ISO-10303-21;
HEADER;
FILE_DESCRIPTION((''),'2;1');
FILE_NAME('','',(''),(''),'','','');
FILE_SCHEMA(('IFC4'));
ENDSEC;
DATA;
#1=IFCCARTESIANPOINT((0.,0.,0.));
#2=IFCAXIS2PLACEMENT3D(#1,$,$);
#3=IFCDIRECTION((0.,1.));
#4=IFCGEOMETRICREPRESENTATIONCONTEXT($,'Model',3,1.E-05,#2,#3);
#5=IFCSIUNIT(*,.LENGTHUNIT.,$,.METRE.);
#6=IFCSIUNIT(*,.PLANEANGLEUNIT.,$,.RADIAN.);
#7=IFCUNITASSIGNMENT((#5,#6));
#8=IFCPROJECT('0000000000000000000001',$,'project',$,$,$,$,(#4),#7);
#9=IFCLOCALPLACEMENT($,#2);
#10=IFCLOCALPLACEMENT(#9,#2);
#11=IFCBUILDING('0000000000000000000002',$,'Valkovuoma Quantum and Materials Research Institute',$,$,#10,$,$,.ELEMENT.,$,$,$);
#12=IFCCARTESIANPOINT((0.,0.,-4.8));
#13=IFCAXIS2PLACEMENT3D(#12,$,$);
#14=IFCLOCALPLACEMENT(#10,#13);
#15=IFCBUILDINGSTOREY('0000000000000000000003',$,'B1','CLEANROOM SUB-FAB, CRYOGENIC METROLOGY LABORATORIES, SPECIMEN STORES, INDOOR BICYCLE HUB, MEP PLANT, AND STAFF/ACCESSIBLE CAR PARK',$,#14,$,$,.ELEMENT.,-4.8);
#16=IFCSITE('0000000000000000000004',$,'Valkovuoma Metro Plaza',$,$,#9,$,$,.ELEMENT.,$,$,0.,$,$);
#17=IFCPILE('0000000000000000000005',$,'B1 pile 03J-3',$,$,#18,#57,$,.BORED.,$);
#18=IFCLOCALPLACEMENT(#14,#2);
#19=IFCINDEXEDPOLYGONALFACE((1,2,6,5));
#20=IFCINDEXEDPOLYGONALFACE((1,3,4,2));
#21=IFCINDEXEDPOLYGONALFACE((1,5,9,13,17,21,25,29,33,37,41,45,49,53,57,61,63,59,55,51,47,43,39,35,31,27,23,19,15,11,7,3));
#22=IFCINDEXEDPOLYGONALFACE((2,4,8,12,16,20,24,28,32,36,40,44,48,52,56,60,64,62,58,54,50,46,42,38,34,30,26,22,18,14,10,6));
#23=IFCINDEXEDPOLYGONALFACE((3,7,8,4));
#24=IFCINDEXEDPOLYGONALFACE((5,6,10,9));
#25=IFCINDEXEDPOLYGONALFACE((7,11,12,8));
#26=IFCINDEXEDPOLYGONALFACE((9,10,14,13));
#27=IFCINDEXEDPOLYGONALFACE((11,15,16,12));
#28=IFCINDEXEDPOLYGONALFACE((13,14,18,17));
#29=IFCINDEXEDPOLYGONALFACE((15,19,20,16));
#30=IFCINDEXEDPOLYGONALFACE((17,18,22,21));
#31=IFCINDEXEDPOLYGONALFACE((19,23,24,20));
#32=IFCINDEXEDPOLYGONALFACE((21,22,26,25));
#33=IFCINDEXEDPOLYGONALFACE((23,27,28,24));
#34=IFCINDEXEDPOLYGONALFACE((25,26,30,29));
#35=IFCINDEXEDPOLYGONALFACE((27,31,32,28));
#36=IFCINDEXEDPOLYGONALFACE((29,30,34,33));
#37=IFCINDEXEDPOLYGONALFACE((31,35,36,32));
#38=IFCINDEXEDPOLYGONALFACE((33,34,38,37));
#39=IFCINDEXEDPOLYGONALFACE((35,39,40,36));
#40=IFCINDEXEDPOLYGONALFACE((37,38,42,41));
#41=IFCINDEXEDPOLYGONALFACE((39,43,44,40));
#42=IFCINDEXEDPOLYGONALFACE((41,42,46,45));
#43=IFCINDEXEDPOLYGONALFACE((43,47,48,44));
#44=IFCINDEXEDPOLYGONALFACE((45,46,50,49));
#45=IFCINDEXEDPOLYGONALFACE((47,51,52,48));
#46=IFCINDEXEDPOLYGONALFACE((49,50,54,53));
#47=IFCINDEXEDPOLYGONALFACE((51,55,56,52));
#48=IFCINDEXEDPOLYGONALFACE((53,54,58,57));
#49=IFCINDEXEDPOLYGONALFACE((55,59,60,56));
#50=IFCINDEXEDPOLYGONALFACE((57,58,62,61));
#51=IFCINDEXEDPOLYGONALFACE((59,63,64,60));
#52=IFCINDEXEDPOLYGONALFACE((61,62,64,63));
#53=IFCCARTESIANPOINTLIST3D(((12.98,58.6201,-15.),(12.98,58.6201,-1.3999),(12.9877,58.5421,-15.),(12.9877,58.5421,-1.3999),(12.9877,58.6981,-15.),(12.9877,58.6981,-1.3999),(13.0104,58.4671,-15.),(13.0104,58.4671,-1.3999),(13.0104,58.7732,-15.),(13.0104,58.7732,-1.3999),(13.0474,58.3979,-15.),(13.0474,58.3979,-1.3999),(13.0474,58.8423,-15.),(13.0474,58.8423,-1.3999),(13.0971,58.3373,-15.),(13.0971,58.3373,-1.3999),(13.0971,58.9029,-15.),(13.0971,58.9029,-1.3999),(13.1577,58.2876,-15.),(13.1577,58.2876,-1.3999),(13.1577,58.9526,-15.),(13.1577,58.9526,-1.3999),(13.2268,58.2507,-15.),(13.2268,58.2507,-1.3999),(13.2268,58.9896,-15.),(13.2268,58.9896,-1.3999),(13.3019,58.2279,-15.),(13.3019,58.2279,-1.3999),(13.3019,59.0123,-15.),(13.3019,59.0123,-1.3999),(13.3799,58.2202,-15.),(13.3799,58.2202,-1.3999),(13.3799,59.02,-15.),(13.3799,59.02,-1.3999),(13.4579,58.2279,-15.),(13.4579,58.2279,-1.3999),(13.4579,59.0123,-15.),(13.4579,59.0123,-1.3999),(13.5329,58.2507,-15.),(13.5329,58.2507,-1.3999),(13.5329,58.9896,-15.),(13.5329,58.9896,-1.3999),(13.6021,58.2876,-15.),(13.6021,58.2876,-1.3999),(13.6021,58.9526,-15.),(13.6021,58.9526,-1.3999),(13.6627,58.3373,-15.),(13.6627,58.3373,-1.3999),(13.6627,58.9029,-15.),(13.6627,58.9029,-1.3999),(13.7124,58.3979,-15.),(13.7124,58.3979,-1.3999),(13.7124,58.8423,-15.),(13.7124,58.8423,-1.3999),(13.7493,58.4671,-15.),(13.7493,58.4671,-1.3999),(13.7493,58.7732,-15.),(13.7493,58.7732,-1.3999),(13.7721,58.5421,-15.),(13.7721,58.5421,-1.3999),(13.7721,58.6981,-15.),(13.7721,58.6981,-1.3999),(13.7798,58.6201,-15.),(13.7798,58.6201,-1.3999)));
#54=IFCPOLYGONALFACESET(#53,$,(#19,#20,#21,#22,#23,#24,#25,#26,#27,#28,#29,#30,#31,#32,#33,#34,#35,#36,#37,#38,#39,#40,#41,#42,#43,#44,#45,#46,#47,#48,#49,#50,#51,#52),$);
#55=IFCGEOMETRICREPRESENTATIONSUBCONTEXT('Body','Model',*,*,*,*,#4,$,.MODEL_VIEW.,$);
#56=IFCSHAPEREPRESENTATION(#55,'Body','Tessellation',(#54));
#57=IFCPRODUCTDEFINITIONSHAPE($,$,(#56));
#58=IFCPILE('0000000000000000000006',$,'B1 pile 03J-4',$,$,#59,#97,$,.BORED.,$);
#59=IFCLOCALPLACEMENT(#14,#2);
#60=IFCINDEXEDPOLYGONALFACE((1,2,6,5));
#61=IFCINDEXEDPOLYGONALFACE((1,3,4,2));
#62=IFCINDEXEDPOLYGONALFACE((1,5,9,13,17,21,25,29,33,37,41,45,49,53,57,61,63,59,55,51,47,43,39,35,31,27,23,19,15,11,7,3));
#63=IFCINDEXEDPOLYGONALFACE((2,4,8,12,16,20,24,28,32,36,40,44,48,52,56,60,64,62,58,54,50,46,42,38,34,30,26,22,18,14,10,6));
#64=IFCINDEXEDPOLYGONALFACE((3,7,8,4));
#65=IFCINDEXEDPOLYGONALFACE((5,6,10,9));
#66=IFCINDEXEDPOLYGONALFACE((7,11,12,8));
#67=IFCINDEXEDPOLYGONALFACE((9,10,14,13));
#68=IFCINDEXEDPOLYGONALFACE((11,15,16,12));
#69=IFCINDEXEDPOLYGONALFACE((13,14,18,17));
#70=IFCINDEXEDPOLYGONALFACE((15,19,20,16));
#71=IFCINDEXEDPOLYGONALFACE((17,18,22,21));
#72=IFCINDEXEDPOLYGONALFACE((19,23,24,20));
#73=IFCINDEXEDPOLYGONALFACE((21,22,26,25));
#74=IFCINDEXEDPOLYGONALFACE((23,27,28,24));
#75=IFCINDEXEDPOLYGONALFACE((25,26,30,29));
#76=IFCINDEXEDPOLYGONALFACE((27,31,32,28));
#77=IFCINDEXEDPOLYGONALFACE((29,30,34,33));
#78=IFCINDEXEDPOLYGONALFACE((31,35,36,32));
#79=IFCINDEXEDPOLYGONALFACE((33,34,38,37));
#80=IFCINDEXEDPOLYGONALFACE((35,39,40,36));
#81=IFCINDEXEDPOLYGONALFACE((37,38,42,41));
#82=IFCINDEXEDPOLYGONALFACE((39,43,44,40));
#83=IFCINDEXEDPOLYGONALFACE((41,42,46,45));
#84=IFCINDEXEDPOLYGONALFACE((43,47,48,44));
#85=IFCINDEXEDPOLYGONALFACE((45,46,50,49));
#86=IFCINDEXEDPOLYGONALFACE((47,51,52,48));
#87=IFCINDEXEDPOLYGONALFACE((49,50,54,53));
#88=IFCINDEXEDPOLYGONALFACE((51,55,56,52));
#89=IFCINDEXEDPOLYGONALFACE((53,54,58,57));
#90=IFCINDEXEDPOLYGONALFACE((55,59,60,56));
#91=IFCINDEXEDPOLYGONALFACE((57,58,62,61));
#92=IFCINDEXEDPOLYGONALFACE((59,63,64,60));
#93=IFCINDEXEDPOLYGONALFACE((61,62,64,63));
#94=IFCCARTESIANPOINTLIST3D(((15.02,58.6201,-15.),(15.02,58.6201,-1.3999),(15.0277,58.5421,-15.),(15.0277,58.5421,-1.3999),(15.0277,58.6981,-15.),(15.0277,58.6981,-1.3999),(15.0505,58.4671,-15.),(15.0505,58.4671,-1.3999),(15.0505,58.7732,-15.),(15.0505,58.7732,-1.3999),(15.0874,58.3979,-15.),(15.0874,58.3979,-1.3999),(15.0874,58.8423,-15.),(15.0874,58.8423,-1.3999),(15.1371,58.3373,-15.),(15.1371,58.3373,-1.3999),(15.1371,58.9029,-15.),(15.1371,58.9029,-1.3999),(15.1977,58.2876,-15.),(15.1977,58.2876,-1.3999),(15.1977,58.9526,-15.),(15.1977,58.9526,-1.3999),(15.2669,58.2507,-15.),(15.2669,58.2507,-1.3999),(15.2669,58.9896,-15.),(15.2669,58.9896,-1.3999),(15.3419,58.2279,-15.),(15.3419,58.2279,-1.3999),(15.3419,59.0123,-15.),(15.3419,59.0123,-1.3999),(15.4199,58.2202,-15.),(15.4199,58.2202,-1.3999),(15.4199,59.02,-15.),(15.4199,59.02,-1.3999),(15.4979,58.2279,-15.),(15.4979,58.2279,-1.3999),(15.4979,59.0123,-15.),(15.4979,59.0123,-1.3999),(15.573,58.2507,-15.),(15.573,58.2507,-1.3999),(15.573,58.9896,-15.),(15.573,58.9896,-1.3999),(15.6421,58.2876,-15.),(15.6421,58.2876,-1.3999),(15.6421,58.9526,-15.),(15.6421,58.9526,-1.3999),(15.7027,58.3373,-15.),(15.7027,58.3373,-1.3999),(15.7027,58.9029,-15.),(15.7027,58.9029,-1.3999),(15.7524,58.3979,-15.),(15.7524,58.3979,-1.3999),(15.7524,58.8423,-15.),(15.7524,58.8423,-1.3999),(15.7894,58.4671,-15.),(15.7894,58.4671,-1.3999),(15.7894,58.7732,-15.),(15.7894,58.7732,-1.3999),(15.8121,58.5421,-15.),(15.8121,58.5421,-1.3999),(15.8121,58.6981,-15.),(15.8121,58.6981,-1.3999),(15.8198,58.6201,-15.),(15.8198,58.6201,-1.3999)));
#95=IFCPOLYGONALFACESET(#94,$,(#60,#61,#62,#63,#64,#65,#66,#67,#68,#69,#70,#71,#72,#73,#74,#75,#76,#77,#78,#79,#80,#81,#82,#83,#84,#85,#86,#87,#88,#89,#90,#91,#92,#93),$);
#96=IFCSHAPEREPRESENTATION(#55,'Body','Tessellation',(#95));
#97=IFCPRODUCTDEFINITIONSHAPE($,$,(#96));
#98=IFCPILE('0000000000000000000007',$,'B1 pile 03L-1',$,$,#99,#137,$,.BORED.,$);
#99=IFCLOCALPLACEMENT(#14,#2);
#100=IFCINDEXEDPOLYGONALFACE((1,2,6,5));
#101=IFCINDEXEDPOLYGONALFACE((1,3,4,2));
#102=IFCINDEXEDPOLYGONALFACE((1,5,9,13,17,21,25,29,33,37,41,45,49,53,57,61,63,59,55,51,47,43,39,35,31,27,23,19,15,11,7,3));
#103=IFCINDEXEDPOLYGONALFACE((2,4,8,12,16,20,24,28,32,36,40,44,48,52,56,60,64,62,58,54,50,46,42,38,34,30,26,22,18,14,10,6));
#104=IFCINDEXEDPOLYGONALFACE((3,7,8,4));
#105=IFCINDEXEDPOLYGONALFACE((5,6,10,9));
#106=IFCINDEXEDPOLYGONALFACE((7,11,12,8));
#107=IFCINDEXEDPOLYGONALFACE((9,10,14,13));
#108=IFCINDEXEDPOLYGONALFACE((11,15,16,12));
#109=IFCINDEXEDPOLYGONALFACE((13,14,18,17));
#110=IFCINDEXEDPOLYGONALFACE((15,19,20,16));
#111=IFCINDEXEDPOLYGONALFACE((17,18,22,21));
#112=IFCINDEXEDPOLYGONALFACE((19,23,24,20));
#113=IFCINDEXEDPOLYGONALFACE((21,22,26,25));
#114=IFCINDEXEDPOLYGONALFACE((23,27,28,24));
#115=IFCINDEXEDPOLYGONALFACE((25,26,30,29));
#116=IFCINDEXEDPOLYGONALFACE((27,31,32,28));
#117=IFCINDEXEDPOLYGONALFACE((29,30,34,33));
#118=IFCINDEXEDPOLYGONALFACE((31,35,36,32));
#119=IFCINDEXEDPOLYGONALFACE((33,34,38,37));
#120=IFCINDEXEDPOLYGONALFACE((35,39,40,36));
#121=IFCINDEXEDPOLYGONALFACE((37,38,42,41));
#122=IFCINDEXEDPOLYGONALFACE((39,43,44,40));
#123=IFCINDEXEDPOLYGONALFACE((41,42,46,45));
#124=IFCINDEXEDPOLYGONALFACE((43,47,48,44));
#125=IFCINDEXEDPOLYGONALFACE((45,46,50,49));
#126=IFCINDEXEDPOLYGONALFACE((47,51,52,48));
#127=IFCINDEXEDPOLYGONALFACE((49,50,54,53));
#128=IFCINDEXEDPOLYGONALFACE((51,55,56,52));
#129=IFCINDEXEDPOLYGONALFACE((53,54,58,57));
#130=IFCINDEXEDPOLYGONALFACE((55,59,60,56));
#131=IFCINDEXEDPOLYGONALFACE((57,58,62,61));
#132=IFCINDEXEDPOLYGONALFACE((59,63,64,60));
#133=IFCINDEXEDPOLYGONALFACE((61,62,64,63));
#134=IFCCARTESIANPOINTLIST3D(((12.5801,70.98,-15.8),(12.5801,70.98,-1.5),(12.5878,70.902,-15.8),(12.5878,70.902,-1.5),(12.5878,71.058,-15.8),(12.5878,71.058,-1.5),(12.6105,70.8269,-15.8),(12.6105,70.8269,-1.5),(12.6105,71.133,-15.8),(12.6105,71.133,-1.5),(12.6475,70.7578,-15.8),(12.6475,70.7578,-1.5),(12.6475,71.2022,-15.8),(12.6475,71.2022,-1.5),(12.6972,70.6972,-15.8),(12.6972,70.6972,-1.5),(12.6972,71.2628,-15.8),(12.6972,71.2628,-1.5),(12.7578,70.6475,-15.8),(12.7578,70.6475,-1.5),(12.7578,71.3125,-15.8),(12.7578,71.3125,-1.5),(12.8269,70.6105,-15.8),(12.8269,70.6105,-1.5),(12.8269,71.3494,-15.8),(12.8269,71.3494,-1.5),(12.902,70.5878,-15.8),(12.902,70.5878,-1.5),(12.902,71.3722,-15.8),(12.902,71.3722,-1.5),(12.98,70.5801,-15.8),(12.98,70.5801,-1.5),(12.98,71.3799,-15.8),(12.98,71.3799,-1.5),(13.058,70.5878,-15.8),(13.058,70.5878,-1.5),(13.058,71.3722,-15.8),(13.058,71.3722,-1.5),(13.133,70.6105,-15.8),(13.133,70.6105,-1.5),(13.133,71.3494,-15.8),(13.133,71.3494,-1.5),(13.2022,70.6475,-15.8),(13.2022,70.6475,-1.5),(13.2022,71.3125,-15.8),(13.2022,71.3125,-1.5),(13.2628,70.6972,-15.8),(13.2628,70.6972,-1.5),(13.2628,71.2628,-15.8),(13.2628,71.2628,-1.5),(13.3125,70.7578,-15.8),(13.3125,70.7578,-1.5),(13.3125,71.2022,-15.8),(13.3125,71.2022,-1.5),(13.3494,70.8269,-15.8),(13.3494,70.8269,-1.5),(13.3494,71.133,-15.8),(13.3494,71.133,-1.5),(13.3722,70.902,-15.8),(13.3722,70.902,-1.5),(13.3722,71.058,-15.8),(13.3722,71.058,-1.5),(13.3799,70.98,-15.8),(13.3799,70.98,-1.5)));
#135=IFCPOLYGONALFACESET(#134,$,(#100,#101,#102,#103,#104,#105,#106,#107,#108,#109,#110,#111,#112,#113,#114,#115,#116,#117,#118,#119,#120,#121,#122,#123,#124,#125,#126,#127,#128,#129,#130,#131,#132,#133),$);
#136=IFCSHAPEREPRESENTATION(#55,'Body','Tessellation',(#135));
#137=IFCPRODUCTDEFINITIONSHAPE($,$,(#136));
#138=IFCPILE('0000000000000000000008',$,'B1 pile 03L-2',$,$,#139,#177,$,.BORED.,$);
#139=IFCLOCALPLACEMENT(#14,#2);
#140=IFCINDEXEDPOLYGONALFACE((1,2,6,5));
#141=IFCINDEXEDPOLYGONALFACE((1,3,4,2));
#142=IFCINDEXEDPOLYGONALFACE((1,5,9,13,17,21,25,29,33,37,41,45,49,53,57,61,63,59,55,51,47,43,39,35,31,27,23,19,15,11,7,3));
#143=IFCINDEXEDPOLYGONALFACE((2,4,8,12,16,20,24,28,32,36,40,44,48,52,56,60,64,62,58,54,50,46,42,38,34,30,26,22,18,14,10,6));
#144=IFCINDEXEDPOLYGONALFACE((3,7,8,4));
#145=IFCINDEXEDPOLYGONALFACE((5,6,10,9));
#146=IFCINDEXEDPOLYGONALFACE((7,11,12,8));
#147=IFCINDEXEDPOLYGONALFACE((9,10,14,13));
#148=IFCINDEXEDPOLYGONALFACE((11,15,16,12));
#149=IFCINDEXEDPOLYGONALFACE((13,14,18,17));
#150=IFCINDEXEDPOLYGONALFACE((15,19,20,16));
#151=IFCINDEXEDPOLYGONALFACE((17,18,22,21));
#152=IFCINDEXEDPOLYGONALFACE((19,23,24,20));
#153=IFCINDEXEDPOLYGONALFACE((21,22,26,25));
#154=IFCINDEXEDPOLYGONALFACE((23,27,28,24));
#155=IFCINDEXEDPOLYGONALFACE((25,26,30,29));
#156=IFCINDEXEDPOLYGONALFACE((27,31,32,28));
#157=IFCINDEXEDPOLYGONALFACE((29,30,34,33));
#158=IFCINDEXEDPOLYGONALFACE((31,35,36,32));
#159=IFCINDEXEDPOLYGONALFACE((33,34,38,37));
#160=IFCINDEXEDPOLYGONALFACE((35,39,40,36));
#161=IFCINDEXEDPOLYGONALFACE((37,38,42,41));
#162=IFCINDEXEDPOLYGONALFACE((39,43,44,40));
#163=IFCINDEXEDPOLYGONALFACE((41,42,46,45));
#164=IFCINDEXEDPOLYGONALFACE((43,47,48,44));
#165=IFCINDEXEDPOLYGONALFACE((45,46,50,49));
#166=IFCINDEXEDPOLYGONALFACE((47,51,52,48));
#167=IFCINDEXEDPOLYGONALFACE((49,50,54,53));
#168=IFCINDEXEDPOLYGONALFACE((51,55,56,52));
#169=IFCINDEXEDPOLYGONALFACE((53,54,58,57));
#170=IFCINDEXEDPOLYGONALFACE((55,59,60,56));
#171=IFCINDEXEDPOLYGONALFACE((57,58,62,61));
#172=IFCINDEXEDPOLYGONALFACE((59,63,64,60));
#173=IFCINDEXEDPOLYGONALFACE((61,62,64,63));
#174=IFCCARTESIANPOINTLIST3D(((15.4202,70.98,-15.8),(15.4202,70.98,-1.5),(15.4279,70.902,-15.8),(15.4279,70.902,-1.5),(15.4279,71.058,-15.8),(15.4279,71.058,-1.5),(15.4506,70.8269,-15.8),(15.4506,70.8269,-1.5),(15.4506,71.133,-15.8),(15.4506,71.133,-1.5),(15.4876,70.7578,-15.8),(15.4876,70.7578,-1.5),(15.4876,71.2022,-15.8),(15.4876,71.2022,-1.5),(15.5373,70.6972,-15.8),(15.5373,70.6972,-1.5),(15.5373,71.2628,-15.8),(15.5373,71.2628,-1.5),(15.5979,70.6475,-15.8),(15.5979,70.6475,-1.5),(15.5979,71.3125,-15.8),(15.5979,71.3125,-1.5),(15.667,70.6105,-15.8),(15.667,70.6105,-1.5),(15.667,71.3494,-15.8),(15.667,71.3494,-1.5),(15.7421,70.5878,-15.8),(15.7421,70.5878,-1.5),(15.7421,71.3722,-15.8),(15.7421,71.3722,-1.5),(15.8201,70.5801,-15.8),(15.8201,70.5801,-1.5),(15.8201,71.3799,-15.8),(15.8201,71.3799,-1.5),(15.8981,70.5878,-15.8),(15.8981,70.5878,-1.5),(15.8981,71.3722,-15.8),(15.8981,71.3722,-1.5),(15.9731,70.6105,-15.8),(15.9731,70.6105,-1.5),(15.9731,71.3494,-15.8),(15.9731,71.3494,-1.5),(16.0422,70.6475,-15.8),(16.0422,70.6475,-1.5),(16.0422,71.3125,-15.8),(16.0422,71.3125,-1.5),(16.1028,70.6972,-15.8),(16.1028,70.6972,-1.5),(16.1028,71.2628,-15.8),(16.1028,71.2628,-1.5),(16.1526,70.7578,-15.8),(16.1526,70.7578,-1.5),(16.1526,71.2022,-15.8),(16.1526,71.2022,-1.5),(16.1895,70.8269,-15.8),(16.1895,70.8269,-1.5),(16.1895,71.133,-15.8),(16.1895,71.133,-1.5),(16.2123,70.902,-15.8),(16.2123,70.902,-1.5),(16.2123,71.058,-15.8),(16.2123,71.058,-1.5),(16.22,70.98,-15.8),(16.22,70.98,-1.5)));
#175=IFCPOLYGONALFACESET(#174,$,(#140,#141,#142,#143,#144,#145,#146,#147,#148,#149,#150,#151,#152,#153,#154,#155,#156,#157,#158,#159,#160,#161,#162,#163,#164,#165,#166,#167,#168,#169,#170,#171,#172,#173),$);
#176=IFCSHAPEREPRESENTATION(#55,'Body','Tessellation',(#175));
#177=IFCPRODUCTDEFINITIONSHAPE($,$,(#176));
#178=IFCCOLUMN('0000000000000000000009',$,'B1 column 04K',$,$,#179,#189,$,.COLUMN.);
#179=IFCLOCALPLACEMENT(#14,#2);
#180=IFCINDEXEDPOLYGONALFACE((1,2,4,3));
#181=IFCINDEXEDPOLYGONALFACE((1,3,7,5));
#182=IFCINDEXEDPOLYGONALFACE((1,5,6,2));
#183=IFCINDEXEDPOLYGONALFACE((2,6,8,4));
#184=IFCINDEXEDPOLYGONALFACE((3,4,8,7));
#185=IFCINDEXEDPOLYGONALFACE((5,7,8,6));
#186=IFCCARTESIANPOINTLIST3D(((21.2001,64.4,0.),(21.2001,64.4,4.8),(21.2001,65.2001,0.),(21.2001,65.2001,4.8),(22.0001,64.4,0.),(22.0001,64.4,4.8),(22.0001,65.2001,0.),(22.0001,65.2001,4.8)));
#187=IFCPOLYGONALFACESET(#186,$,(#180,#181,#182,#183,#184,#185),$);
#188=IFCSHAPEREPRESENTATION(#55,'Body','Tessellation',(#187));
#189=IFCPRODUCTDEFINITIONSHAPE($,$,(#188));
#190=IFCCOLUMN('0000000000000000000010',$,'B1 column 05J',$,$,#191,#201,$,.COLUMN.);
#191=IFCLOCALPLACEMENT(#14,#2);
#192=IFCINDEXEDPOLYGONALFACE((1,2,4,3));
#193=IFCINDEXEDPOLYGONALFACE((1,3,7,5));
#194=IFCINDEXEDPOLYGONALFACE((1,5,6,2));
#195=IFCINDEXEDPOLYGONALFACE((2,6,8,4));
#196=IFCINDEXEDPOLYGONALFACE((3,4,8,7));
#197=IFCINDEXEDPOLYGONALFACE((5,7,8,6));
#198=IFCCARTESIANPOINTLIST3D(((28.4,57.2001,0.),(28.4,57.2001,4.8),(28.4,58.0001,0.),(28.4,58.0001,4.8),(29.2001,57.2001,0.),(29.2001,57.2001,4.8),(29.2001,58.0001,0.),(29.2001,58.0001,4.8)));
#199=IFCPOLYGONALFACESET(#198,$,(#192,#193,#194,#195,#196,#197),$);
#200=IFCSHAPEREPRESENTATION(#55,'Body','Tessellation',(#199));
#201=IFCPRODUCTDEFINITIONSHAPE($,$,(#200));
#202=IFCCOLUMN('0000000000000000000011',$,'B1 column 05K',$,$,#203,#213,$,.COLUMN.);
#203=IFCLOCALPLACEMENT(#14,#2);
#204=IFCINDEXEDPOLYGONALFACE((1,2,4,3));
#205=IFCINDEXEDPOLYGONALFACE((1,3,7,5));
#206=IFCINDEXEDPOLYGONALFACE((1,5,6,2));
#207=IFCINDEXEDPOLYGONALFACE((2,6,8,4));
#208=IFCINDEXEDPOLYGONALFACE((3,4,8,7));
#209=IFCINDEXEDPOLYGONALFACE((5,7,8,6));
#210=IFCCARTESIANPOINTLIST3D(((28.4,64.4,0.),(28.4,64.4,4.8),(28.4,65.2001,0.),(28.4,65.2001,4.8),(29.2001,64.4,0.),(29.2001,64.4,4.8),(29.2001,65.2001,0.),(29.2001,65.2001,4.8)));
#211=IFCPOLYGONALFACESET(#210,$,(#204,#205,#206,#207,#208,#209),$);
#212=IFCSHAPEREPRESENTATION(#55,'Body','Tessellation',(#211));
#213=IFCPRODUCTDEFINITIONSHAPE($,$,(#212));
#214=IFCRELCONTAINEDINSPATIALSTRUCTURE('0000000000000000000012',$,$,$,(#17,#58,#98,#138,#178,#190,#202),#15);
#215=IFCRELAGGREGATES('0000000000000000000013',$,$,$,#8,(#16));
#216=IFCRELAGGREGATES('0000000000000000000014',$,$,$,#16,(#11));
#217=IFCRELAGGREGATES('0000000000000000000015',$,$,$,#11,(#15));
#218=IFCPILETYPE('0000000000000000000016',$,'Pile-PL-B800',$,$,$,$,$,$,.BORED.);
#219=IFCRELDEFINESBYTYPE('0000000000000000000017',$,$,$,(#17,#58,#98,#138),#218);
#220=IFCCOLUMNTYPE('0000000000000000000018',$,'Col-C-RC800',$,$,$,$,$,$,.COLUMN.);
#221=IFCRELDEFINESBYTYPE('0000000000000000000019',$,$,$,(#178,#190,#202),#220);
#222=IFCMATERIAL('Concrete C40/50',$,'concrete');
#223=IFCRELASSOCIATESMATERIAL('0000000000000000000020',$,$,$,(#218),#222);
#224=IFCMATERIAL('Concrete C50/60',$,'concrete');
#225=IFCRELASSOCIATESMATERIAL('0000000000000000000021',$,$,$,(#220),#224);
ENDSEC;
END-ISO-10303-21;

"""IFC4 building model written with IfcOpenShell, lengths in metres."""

from ifc_helpers import new_model, si_unit, direction, frame, origin, origin_2d, place, context, subcontext, project, spatial, rectangle, circle, extrude, material, material_profile, profile_set, type_object, element, save


model = new_model("IFC4")

# Units and contexts
model_context = context("Model", 3, precision=1e-05, world=origin(), true_north=direction((0.0, 1.0)))
body_context = subcontext(model_context, "Body", "Model", "MODEL_VIEW")
ifc_project = project(units=[si_unit("LENGTHUNIT", "METRE"), si_unit("PLANEANGLEUNIT", "RADIAN")], contexts=[model_context])

# Site, building, storey
site_placement = place(None, origin())
site = spatial("IfcSite", under=ifc_project, at=site_placement, Name="Valkovuoma Metro Plaza", CompositionType="ELEMENT", RefElevation=0.0)
building_placement = place(site_placement, origin())
building = spatial("IfcBuilding", under=site, at=building_placement, Name="Valkovuoma Quantum and Materials Research Institute", CompositionType="ELEMENT")
storey_placement = place(building_placement, frame((0.0, 0.0, -4.8)))
storey = spatial("IfcBuildingStorey", under=building, at=storey_placement, Name="B1", Description="CLEANROOM SUB-FAB, CRYOGENIC METROLOGY LABORATORIES, SPECIMEN STORES, INDOOR BICYCLE HUB, MEP PLANT, AND STAFF/ACCESSIBLE CAR PARK", CompositionType="ELEMENT", Elevation=-4.8)

# Piles
ifc_material_1 = material(Name="Concrete C40/50", Category="concrete")
ifc_material_profile_1 = material_profile(ifc_material_1, circle(Radius=0.3999, at=origin_2d()), Name="Concrete C40/50")
ifc_profile_set_1 = profile_set([ifc_material_profile_1], Name="Concrete C40/50")
pile_type_1 = type_object("IfcPileType", Name="Pile-PL-B800", PredefinedType="BORED", material=ifc_profile_set_1)
for number, where, z_axis, x_axis, name in (
    (1, (13.3799, 58.6201, -1.3999), (0.0, 0.0, -1.0), (1.0, 0.0, 0.0), "B1 pile 03J-3"),
    (2, (15.4199, 58.6201, -1.3999), (0.0, 0.0, -1.0), (1.0, 0.0, 0.0), "B1 pile 03J-4"),
):
    element("IfcPile", number, at=place(storey_placement, frame(where, z_axis=z_axis, x_axis=x_axis)), inside=storey, type_object=pile_type_1, Name=name, PredefinedType="BORED", context=body_context, shape_type="SweptSolid", body=[
        extrude(circle(Radius=0.3999, at=origin_2d()), origin(), (0.0, 0.0, 1.0), 13.6001),
    ])
for number, where, z_axis, x_axis, name in (
    (3, (12.98, 70.98, -1.5), (0.0, 0.0, -1.0), (1.0, 0.0, 0.0), "B1 pile 03L-1"),
    (4, (15.8201, 70.98, -1.5), (0.0, 0.0, -1.0), (1.0, 0.0, 0.0), "B1 pile 03L-2"),
):
    element("IfcPile", number, at=place(storey_placement, frame(where, z_axis=z_axis, x_axis=x_axis)), inside=storey, type_object=pile_type_1, Name=name, PredefinedType="BORED", context=body_context, shape_type="SweptSolid", body=[
        extrude(circle(Radius=0.3999, at=origin_2d()), origin(), (0.0, 0.0, 1.0), 14.3),
    ])

# Columns
ifc_material_2 = material(Name="Concrete C50/60", Category="concrete")
ifc_material_profile_2 = material_profile(ifc_material_2, rectangle(XDim=0.8, YDim=0.8, at=origin_2d()), Name="Concrete C50/60")
ifc_profile_set_2 = profile_set([ifc_material_profile_2], Name="Concrete C50/60")
column_type_1 = type_object("IfcColumnType", Name="Col-C-RC800", PredefinedType="COLUMN", material=ifc_profile_set_2)
for number, where, z_axis, x_axis, name in (
    (5, (21.6001, 64.8, 0.0), (0.0, 0.0, 1.0), (1.0, 0.0, 0.0), "B1 column 04K"),
    (6, (28.8, 57.6001, 0.0), (0.0, 0.0, 1.0), (1.0, 0.0, 0.0), "B1 column 05J"),
    (7, (28.8, 64.8, 0.0), (0.0, 0.0, 1.0), (1.0, 0.0, 0.0), "B1 column 05K"),
):
    element("IfcColumn", number, at=place(storey_placement, frame(where, z_axis=z_axis, x_axis=x_axis)), inside=storey, type_object=column_type_1, Name=name, PredefinedType="COLUMN", context=body_context, shape_type="SweptSolid", body=[
        extrude(rectangle(XDim=0.8, YDim=0.8, at=origin_2d()), origin(), (0.0, 0.0, 1.0), 4.8),
    ])

save(model, "model.ifc")
